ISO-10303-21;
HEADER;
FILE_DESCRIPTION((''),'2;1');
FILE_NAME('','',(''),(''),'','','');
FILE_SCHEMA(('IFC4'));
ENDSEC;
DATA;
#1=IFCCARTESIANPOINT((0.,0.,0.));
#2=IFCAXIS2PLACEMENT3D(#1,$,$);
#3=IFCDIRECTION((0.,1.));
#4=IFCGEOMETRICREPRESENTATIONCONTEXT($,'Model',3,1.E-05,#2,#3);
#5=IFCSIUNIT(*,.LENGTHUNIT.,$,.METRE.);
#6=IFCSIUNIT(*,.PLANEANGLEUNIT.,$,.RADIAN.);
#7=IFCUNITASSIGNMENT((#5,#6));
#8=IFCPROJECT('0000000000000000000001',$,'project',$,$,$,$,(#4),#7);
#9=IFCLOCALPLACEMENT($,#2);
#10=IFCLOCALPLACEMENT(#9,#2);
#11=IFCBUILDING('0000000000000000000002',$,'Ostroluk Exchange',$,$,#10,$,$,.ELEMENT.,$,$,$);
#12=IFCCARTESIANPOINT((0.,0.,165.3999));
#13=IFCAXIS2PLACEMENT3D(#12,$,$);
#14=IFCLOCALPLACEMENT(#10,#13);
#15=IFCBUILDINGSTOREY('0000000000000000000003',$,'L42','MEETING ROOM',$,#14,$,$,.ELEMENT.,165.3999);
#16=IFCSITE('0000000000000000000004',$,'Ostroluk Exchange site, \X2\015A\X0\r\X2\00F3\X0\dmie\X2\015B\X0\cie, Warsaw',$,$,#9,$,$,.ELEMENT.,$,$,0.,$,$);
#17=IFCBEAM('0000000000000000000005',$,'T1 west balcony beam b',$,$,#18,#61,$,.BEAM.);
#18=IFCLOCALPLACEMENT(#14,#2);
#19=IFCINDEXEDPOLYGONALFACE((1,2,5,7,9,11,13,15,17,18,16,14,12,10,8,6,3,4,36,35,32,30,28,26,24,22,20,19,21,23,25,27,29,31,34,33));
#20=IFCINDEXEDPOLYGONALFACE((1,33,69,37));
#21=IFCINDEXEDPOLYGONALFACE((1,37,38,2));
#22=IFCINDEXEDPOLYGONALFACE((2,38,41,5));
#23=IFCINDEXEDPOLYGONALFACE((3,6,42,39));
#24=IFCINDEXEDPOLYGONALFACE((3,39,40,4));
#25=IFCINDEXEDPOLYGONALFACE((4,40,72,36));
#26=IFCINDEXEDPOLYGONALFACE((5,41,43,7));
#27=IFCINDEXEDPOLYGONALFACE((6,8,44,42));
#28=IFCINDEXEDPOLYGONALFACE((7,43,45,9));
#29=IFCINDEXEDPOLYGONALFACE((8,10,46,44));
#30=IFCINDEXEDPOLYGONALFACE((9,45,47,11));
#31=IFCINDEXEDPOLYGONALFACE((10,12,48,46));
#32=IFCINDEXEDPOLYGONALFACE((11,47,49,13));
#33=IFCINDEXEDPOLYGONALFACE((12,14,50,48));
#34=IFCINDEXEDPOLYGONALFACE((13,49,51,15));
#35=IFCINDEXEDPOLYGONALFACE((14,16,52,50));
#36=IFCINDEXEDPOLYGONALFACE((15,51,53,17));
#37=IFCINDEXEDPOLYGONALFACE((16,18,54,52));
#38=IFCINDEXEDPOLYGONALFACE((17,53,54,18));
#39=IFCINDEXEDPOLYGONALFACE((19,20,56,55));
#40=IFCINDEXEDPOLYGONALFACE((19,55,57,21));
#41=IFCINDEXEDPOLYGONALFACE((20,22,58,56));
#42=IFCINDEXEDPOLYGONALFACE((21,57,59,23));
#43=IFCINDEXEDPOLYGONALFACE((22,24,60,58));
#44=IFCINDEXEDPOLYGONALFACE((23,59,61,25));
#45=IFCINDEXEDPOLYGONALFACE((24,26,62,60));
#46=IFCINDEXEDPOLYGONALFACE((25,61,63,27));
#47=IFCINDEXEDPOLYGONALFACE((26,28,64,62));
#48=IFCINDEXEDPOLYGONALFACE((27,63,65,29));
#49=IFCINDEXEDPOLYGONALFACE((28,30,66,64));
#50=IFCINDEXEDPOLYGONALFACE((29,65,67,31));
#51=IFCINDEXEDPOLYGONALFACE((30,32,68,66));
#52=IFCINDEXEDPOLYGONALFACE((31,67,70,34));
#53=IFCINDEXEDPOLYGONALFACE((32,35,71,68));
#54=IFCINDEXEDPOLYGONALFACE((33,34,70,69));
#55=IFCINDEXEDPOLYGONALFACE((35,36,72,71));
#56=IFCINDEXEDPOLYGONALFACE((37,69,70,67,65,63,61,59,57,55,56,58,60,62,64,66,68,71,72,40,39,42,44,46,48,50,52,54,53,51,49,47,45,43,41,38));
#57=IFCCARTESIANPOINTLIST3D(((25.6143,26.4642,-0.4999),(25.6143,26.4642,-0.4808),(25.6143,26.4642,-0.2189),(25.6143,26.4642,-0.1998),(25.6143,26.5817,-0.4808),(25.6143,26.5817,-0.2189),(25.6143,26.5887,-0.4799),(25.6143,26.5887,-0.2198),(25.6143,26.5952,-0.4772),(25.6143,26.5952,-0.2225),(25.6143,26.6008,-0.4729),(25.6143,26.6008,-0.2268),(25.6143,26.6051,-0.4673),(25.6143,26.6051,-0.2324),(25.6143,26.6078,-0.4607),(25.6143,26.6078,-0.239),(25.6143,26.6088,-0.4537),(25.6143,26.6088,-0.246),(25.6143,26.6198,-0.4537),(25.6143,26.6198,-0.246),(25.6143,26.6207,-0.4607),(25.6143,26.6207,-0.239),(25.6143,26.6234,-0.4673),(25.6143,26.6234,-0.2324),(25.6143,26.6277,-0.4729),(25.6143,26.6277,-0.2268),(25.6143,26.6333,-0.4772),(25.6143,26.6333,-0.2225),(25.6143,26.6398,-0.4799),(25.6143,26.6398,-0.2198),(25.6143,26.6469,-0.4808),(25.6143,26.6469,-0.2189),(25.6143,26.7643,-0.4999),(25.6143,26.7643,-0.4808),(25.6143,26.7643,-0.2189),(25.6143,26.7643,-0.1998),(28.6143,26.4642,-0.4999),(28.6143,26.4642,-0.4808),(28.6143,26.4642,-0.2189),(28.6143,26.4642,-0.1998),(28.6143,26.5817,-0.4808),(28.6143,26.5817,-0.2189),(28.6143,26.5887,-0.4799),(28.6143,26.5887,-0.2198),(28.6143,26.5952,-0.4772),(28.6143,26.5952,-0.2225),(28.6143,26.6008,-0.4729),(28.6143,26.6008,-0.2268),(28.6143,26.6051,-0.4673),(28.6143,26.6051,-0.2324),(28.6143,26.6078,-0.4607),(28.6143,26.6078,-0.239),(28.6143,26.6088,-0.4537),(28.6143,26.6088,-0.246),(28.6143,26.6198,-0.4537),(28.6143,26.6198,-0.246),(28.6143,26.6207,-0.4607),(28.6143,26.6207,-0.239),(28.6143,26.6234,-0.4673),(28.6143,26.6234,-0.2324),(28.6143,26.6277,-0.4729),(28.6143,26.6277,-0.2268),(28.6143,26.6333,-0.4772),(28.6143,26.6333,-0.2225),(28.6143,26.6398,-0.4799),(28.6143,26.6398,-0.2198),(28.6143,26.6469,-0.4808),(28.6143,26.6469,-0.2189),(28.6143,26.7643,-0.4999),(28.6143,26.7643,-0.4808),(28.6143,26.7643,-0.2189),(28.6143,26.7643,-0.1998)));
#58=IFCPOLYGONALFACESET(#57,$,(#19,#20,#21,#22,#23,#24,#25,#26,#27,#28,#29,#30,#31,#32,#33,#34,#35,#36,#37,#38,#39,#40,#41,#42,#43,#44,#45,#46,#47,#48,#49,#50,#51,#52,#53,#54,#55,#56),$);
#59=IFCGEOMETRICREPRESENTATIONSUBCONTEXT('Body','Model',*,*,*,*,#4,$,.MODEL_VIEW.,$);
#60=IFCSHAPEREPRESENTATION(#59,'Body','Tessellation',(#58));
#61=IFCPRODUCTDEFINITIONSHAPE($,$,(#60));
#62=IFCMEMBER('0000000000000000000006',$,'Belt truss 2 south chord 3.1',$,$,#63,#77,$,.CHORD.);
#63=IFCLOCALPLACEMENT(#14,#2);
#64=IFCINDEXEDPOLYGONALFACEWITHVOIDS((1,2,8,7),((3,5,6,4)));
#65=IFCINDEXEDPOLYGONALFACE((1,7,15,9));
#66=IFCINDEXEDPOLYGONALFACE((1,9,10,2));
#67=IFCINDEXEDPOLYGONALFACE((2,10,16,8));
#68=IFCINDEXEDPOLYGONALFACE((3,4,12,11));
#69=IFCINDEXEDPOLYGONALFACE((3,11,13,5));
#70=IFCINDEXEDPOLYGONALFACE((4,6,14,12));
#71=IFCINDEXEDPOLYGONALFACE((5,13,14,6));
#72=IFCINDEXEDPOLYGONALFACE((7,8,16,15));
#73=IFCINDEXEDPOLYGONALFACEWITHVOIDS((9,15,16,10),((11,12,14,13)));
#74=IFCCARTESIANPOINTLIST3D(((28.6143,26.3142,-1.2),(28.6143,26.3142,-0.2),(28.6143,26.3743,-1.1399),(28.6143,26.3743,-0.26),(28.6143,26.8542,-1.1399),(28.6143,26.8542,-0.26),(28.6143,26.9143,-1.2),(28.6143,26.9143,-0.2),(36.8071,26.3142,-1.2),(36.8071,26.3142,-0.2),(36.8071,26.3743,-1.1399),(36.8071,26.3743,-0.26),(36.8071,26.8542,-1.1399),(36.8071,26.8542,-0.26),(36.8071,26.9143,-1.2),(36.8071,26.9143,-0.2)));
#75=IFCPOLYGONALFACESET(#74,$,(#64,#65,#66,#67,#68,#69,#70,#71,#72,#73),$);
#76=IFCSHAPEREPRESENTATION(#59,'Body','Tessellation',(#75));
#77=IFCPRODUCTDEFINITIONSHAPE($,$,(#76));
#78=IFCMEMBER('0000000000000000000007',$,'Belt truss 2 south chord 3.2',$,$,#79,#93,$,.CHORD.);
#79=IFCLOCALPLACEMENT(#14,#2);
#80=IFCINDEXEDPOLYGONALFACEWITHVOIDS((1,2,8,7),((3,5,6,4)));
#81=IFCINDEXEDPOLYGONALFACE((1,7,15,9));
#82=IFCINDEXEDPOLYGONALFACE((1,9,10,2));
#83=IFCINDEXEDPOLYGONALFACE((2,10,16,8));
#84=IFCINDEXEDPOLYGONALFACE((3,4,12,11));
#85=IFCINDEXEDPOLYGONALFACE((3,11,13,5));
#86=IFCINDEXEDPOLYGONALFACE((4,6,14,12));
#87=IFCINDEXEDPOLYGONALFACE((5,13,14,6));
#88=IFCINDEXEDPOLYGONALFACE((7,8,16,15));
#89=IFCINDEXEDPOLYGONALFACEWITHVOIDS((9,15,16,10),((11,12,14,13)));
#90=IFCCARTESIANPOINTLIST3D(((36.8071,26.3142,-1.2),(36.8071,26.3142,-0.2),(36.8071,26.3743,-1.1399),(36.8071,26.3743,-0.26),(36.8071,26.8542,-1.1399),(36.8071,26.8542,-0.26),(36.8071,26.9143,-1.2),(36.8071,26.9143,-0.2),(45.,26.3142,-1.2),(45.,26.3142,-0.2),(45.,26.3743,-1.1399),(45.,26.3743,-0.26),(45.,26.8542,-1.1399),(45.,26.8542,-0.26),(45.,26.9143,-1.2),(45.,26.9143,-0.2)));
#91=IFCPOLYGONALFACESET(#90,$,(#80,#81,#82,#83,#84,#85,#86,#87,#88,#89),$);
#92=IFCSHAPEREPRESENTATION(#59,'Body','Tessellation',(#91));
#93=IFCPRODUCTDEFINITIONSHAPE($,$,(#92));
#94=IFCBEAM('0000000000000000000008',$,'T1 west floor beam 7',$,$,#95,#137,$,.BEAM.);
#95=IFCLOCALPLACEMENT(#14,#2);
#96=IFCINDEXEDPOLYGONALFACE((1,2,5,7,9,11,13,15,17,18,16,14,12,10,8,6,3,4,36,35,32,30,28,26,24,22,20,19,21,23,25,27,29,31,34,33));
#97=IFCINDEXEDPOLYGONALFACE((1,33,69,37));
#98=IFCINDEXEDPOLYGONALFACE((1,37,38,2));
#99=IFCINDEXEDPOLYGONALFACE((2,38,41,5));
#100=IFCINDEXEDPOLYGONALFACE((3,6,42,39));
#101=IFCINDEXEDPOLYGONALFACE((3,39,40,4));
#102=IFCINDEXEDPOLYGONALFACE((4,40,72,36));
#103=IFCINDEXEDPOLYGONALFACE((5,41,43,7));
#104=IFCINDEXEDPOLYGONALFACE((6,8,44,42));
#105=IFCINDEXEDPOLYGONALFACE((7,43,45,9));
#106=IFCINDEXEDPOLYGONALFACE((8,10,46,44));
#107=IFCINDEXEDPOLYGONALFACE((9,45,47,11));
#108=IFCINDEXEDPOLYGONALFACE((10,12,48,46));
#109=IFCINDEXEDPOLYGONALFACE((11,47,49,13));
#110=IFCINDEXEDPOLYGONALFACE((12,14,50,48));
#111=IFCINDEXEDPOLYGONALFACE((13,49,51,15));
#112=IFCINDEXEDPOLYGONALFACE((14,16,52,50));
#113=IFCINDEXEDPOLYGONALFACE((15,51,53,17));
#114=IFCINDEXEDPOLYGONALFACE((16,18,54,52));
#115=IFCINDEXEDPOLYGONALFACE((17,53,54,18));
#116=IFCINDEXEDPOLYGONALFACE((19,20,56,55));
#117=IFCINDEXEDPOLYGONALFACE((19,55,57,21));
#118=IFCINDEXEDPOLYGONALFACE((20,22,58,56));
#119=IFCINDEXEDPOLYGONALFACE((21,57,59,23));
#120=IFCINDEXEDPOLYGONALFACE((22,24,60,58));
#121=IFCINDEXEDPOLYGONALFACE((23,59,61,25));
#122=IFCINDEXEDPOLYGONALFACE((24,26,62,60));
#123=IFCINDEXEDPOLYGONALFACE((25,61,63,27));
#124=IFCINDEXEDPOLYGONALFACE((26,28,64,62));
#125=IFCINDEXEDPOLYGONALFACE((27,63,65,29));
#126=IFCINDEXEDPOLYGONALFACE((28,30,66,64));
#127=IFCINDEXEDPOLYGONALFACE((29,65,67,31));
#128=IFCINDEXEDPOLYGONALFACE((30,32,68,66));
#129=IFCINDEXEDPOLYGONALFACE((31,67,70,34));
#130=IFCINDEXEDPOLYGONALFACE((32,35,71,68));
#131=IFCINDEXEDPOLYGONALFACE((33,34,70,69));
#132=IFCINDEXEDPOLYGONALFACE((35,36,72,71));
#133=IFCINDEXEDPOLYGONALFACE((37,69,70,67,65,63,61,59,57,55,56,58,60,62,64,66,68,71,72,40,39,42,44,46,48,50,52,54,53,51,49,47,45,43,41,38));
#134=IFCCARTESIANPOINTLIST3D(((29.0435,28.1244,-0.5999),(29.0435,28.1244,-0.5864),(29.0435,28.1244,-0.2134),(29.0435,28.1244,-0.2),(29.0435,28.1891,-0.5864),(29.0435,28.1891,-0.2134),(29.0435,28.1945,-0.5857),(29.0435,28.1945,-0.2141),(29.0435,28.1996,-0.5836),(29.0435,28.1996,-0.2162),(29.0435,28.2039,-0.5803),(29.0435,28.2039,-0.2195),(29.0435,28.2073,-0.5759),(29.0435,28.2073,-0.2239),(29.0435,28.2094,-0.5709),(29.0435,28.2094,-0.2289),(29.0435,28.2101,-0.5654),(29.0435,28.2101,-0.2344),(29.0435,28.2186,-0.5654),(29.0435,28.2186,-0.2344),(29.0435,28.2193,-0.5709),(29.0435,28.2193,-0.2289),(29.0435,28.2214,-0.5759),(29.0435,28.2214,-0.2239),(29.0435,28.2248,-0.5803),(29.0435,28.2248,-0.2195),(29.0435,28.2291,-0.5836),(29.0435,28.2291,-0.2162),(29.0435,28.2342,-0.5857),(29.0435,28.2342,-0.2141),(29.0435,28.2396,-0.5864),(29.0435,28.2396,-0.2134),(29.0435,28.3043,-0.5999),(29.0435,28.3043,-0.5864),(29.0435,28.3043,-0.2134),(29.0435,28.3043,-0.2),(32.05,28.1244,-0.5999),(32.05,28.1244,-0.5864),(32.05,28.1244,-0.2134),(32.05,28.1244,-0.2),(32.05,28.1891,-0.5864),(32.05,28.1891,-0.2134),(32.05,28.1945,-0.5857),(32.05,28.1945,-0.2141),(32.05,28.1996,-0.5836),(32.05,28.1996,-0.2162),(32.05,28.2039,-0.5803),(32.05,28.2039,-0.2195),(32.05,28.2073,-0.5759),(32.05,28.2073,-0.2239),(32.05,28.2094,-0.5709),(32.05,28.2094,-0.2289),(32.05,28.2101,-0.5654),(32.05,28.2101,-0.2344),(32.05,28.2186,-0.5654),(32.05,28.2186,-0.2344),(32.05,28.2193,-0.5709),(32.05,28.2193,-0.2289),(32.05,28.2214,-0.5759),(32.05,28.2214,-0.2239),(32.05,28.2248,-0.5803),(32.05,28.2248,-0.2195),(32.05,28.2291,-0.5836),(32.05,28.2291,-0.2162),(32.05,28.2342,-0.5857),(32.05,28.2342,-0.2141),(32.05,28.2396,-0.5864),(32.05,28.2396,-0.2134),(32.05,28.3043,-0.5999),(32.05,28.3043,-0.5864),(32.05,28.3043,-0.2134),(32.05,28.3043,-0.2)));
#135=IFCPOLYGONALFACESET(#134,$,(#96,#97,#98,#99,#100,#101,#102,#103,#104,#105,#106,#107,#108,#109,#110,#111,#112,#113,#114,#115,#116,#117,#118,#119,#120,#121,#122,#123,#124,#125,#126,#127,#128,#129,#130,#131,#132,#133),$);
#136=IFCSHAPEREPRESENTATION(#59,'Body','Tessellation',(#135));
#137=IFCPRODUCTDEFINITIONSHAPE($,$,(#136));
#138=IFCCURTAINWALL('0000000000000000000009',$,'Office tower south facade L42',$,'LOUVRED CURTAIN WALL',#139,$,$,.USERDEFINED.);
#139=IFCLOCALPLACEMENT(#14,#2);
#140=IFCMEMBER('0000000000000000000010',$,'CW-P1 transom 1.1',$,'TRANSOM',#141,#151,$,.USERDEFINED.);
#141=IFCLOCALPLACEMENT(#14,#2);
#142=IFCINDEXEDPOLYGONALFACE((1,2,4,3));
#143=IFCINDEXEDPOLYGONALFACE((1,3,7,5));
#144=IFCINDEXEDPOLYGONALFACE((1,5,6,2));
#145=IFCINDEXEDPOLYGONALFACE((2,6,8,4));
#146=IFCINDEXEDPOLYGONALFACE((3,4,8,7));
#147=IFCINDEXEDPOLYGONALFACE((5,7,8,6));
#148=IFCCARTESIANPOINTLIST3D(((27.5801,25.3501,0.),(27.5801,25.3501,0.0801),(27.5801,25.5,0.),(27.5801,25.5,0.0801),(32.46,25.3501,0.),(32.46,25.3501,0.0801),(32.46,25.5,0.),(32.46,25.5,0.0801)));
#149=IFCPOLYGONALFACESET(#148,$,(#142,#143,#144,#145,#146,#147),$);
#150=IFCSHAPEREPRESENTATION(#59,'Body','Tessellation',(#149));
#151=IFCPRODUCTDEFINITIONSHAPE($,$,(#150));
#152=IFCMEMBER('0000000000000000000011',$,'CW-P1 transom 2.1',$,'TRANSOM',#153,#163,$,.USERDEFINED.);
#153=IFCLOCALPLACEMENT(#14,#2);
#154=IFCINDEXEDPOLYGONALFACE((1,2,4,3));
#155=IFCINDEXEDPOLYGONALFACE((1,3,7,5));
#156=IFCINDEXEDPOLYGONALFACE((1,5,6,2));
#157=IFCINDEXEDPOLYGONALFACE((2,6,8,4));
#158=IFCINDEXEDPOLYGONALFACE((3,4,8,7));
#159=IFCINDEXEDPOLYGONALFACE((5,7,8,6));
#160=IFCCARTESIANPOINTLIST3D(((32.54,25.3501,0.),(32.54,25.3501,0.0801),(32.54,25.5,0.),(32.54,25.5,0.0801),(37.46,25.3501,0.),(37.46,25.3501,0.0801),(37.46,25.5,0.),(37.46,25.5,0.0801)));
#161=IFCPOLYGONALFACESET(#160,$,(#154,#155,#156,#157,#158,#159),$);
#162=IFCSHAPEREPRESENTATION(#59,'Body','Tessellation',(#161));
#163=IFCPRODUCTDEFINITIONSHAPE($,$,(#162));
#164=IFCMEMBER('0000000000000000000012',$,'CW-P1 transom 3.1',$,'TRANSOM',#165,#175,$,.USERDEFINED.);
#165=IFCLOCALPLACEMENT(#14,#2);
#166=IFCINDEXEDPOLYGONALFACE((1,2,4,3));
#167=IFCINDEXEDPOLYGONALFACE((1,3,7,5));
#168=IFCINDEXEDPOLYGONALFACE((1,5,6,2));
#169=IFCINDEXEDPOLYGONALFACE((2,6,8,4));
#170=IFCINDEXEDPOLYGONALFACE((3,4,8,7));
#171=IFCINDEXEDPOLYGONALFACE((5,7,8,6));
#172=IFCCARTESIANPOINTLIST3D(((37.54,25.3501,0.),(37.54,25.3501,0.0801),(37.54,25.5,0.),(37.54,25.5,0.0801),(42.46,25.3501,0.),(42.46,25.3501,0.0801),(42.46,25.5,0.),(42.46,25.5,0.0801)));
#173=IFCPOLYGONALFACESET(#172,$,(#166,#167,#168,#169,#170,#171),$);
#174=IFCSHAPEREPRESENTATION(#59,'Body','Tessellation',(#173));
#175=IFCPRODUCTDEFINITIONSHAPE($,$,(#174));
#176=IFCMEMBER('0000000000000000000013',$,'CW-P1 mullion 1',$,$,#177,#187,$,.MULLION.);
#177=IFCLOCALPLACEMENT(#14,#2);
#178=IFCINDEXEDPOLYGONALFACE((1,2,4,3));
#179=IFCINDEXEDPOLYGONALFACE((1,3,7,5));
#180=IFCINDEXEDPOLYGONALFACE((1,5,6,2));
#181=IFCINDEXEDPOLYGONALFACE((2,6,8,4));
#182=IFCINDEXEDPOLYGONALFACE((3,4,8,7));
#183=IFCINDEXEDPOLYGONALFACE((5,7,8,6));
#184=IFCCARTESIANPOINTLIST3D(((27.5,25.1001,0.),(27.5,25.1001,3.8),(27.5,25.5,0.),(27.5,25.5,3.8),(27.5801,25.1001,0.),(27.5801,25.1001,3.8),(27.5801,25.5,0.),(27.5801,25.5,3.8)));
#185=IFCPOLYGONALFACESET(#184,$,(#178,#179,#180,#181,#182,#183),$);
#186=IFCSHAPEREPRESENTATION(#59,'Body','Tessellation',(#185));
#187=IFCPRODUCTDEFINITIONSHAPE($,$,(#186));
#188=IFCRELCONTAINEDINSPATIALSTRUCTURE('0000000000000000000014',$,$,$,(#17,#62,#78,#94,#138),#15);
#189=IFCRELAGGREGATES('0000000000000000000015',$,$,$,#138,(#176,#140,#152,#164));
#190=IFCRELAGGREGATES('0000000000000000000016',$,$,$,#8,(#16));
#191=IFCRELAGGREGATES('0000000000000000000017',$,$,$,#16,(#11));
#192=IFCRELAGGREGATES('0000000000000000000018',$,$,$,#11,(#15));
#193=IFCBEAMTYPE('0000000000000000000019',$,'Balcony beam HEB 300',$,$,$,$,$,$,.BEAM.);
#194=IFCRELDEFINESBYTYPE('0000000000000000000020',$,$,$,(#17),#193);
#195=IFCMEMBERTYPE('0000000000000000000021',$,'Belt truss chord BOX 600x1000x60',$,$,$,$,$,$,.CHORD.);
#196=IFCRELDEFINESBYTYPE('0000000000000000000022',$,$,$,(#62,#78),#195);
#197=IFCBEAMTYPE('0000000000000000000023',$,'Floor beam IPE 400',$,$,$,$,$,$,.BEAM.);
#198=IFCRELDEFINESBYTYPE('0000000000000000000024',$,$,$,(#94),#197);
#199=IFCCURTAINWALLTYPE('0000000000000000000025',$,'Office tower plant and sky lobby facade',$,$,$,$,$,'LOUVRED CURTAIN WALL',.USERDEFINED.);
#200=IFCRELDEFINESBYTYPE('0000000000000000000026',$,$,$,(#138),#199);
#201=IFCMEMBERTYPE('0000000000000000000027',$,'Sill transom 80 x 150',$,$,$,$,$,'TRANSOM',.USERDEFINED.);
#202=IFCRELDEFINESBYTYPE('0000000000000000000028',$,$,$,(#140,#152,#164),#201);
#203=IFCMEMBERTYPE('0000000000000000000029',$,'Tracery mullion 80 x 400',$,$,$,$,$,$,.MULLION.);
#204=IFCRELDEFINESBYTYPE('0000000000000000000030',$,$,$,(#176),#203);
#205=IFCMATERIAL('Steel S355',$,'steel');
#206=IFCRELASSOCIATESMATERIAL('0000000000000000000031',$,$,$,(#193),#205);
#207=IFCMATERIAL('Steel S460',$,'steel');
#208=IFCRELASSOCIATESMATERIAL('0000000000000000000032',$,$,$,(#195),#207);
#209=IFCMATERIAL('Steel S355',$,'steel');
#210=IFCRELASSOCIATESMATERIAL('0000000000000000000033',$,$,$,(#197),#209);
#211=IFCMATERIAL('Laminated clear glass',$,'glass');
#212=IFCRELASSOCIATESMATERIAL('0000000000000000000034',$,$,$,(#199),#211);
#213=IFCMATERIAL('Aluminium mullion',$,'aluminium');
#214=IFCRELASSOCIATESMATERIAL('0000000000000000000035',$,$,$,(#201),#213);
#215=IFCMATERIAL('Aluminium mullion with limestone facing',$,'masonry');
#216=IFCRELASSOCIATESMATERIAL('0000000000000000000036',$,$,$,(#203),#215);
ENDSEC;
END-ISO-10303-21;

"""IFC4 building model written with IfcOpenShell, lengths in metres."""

from ifc_helpers import new_model, si_unit, direction, frame, origin, origin_2d, place, context, subcontext, project, spatial, rectangle, hollow_rectangle, i_section, extrude, material, material_profile, profile_set, type_object, element, aggregate, save


model = new_model("IFC4")

# Units and contexts
model_context = context("Model", 3, precision=1e-05, world=origin(), true_north=direction((0.0, 1.0)))
body_context = subcontext(model_context, "Body", "Model", "MODEL_VIEW")
ifc_project = project(units=[si_unit("LENGTHUNIT", "METRE"), si_unit("PLANEANGLEUNIT", "RADIAN")], contexts=[model_context])

# Site, building, storey
site_placement = place(None, origin())
site = spatial("IfcSite", under=ifc_project, at=site_placement, Name="Ostroluk Exchange site, Śródmieście, Warsaw", CompositionType="ELEMENT", RefElevation=0.0)
building_placement = place(site_placement, origin())
building = spatial("IfcBuilding", under=site, at=building_placement, Name="Ostroluk Exchange", CompositionType="ELEMENT")
storey_placement = place(building_placement, frame((0.0, 0.0, 165.3999)))
storey = spatial("IfcBuildingStorey", under=building, at=storey_placement, Name="L42", Description="MEETING ROOM", CompositionType="ELEMENT", Elevation=165.3999)

# Beam
ifc_material_1 = material(Name="Steel S355", Category="steel")
ifc_material_profile_1 = material_profile(ifc_material_1, i_section(OverallWidth=0.3, OverallDepth=0.3, WebThickness=0.011, FlangeThickness=0.019, FilletRadius=0.0271, at=origin_2d()), Name="HEB 300")
ifc_profile_set_1 = profile_set([ifc_material_profile_1], Name="Steel S355")
beam_type_1 = type_object("IfcBeamType", Name="Balcony beam HEB 300", PredefinedType="BEAM", material=ifc_profile_set_1)
beam_1_placement = place(storey_placement, frame((28.6143, 26.6143, -0.3499), z_axis=(-1.0, 0.0, 0.0), x_axis=(0.0, -1.0, 0.0)))
element("IfcBeam", 1, at=beam_1_placement, inside=storey, type_object=beam_type_1, Name="T1 west balcony beam b", PredefinedType="BEAM", context=body_context, shape_type="SweptSolid", body=[
    extrude(i_section(OverallWidth=0.3, OverallDepth=0.3, WebThickness=0.011, FlangeThickness=0.019, FilletRadius=0.0271, at=origin_2d()), origin(), (0.0, 0.0, 1.0), 3.0),
])

# Members
ifc_material_2 = material(Name="Steel S460", Category="steel")
ifc_material_profile_2 = material_profile(ifc_material_2, hollow_rectangle(XDim=0.6001, YDim=1.0, WallThickness=0.0601, at=origin_2d()), Name="BOX 600x1000x60")
ifc_profile_set_2 = profile_set([ifc_material_profile_2], Name="Steel S460")
member_type_1 = type_object("IfcMemberType", Name="Belt truss chord BOX 600x1000x60", PredefinedType="CHORD", material=ifc_profile_set_2)
for number, where, z_axis, x_axis, name in (
    (2, (28.6143, 26.6143, -0.7), (1.0, 0.0, 0.0), (0.0, 1.0, 0.0), "Belt truss 2 south chord 3.1"),
    (3, (36.8071, 26.6143, -0.7), (1.0, 0.0, 0.0), (0.0, 1.0, 0.0), "Belt truss 2 south chord 3.2"),
):
    element("IfcMember", number, at=place(storey_placement, frame(where, z_axis=z_axis, x_axis=x_axis)), inside=storey, type_object=member_type_1, Name=name, PredefinedType="CHORD", context=body_context, shape_type="SweptSolid", body=[
        extrude(hollow_rectangle(XDim=0.6001, YDim=1.0, WallThickness=0.0601, at=origin_2d()), origin(), (0.0, 0.0, 1.0), 8.1929),
    ])

# Beam
ifc_material_3 = material(Name="Steel S355", Category="steel")
ifc_material_profile_3 = material_profile(ifc_material_3, i_section(OverallWidth=0.1799, OverallDepth=0.3999, WebThickness=0.0085, FlangeThickness=0.0134, FilletRadius=0.021, at=origin_2d()), Name="IPE 400")
ifc_profile_set_3 = profile_set([ifc_material_profile_3], Name="Steel S355")
beam_type_2 = type_object("IfcBeamType", Name="Floor beam IPE 400", PredefinedType="BEAM", material=ifc_profile_set_3)
beam_2_placement = place(storey_placement, frame((32.05, 28.2144, -0.3999), z_axis=(-1.0, 0.0, 0.0), x_axis=(0.0, -1.0, 0.0)))
element("IfcBeam", 4, at=beam_2_placement, inside=storey, type_object=beam_type_2, Name="T1 west floor beam 7", PredefinedType="BEAM", context=body_context, shape_type="SweptSolid", body=[
    extrude(i_section(OverallWidth=0.1799, OverallDepth=0.3999, WebThickness=0.0085, FlangeThickness=0.0134, FilletRadius=0.021, at=origin_2d()), origin(), (0.0, 0.0, 1.0), 3.0066),
])

# Curtain wall, members
ifc_material_4 = material(Name="Laminated clear glass", Category="glass")
curtain_wall_type = type_object("IfcCurtainWallType", Name="Office tower plant and sky lobby facade", ElementType="LOUVRED CURTAIN WALL", PredefinedType="USERDEFINED", material=ifc_material_4)
curtain_wall_placement = place(storey_placement, origin())
curtain_wall = element("IfcCurtainWall", 5, at=curtain_wall_placement, inside=storey, type_object=curtain_wall_type, Name="Office tower south facade L42", ObjectType="LOUVRED CURTAIN WALL", PredefinedType="USERDEFINED")
ifc_material_5 = material(Name="Aluminium mullion", Category="aluminium")
ifc_material_profile_4 = material_profile(ifc_material_5, rectangle(XDim=0.1499, YDim=0.0801, at=origin_2d()), Name="Sill transom 80 x 150")
ifc_profile_set_4 = profile_set([ifc_material_profile_4], Name="Aluminium mullion")
member_type_2 = type_object("IfcMemberType", Name="Sill transom 80 x 150", ElementType="TRANSOM", PredefinedType="USERDEFINED", material=ifc_profile_set_4)
member_1_placement = place(storey_placement, frame((27.5801, 25.425, 0.04), z_axis=(1.0, 0.0, 0.0), x_axis=(0.0, 1.0, 0.0)))
member_1 = element("IfcMember", 6, at=member_1_placement, type_object=member_type_2, Name="CW-P1 transom 1.1", ObjectType="TRANSOM", PredefinedType="USERDEFINED", context=body_context, shape_type="SweptSolid", body=[
    extrude(rectangle(XDim=0.1499, YDim=0.0801, at=origin_2d()), origin(), (0.0, 0.0, 1.0), 4.8799),
])
member_2_placement = place(storey_placement, frame((32.54, 25.425, 0.04), z_axis=(1.0, 0.0, 0.0), x_axis=(0.0, 1.0, 0.0)))
member_2 = element("IfcMember", 7, at=member_2_placement, type_object=member_type_2, Name="CW-P1 transom 2.1", ObjectType="TRANSOM", PredefinedType="USERDEFINED", context=body_context, shape_type="SweptSolid", body=[
    extrude(rectangle(XDim=0.1499, YDim=0.0801, at=origin_2d()), origin(), (0.0, 0.0, 1.0), 4.9199),
])
member_3_placement = place(storey_placement, frame((37.54, 25.425, 0.04), z_axis=(1.0, 0.0, 0.0), x_axis=(0.0, 1.0, 0.0)))
member_3 = element("IfcMember", 8, at=member_3_placement, type_object=member_type_2, Name="CW-P1 transom 3.1", ObjectType="TRANSOM", PredefinedType="USERDEFINED", context=body_context, shape_type="SweptSolid", body=[
    extrude(rectangle(XDim=0.1499, YDim=0.0801, at=origin_2d()), origin(), (0.0, 0.0, 1.0), 4.9199),
])
ifc_material_6 = material(Name="Aluminium mullion with limestone facing", Category="masonry")
ifc_material_profile_5 = material_profile(ifc_material_6, rectangle(XDim=0.3999, YDim=0.0801, at=origin_2d()), Name="Tracery mullion 80 x 400")
ifc_profile_set_5 = profile_set([ifc_material_profile_5], Name="Aluminium mullion with limestone facing")
member_type_3 = type_object("IfcMemberType", Name="Tracery mullion 80 x 400", PredefinedType="MULLION", material=ifc_profile_set_5)
member_4_placement = place(storey_placement, frame((27.54, 25.3, 0.0), z_axis=(0.0, 0.0, 1.0), x_axis=(0.0, 1.0, 0.0)))
member_4 = element("IfcMember", 9, at=member_4_placement, type_object=member_type_3, Name="CW-P1 mullion 1", PredefinedType="MULLION", context=body_context, shape_type="SweptSolid", body=[
    extrude(rectangle(XDim=0.3999, YDim=0.0801, at=origin_2d()), origin(), (0.0, 0.0, 1.0), 3.8),
])
aggregate(curtain_wall, [member_4, member_1, member_2, member_3])

save(model, "model.ifc")
